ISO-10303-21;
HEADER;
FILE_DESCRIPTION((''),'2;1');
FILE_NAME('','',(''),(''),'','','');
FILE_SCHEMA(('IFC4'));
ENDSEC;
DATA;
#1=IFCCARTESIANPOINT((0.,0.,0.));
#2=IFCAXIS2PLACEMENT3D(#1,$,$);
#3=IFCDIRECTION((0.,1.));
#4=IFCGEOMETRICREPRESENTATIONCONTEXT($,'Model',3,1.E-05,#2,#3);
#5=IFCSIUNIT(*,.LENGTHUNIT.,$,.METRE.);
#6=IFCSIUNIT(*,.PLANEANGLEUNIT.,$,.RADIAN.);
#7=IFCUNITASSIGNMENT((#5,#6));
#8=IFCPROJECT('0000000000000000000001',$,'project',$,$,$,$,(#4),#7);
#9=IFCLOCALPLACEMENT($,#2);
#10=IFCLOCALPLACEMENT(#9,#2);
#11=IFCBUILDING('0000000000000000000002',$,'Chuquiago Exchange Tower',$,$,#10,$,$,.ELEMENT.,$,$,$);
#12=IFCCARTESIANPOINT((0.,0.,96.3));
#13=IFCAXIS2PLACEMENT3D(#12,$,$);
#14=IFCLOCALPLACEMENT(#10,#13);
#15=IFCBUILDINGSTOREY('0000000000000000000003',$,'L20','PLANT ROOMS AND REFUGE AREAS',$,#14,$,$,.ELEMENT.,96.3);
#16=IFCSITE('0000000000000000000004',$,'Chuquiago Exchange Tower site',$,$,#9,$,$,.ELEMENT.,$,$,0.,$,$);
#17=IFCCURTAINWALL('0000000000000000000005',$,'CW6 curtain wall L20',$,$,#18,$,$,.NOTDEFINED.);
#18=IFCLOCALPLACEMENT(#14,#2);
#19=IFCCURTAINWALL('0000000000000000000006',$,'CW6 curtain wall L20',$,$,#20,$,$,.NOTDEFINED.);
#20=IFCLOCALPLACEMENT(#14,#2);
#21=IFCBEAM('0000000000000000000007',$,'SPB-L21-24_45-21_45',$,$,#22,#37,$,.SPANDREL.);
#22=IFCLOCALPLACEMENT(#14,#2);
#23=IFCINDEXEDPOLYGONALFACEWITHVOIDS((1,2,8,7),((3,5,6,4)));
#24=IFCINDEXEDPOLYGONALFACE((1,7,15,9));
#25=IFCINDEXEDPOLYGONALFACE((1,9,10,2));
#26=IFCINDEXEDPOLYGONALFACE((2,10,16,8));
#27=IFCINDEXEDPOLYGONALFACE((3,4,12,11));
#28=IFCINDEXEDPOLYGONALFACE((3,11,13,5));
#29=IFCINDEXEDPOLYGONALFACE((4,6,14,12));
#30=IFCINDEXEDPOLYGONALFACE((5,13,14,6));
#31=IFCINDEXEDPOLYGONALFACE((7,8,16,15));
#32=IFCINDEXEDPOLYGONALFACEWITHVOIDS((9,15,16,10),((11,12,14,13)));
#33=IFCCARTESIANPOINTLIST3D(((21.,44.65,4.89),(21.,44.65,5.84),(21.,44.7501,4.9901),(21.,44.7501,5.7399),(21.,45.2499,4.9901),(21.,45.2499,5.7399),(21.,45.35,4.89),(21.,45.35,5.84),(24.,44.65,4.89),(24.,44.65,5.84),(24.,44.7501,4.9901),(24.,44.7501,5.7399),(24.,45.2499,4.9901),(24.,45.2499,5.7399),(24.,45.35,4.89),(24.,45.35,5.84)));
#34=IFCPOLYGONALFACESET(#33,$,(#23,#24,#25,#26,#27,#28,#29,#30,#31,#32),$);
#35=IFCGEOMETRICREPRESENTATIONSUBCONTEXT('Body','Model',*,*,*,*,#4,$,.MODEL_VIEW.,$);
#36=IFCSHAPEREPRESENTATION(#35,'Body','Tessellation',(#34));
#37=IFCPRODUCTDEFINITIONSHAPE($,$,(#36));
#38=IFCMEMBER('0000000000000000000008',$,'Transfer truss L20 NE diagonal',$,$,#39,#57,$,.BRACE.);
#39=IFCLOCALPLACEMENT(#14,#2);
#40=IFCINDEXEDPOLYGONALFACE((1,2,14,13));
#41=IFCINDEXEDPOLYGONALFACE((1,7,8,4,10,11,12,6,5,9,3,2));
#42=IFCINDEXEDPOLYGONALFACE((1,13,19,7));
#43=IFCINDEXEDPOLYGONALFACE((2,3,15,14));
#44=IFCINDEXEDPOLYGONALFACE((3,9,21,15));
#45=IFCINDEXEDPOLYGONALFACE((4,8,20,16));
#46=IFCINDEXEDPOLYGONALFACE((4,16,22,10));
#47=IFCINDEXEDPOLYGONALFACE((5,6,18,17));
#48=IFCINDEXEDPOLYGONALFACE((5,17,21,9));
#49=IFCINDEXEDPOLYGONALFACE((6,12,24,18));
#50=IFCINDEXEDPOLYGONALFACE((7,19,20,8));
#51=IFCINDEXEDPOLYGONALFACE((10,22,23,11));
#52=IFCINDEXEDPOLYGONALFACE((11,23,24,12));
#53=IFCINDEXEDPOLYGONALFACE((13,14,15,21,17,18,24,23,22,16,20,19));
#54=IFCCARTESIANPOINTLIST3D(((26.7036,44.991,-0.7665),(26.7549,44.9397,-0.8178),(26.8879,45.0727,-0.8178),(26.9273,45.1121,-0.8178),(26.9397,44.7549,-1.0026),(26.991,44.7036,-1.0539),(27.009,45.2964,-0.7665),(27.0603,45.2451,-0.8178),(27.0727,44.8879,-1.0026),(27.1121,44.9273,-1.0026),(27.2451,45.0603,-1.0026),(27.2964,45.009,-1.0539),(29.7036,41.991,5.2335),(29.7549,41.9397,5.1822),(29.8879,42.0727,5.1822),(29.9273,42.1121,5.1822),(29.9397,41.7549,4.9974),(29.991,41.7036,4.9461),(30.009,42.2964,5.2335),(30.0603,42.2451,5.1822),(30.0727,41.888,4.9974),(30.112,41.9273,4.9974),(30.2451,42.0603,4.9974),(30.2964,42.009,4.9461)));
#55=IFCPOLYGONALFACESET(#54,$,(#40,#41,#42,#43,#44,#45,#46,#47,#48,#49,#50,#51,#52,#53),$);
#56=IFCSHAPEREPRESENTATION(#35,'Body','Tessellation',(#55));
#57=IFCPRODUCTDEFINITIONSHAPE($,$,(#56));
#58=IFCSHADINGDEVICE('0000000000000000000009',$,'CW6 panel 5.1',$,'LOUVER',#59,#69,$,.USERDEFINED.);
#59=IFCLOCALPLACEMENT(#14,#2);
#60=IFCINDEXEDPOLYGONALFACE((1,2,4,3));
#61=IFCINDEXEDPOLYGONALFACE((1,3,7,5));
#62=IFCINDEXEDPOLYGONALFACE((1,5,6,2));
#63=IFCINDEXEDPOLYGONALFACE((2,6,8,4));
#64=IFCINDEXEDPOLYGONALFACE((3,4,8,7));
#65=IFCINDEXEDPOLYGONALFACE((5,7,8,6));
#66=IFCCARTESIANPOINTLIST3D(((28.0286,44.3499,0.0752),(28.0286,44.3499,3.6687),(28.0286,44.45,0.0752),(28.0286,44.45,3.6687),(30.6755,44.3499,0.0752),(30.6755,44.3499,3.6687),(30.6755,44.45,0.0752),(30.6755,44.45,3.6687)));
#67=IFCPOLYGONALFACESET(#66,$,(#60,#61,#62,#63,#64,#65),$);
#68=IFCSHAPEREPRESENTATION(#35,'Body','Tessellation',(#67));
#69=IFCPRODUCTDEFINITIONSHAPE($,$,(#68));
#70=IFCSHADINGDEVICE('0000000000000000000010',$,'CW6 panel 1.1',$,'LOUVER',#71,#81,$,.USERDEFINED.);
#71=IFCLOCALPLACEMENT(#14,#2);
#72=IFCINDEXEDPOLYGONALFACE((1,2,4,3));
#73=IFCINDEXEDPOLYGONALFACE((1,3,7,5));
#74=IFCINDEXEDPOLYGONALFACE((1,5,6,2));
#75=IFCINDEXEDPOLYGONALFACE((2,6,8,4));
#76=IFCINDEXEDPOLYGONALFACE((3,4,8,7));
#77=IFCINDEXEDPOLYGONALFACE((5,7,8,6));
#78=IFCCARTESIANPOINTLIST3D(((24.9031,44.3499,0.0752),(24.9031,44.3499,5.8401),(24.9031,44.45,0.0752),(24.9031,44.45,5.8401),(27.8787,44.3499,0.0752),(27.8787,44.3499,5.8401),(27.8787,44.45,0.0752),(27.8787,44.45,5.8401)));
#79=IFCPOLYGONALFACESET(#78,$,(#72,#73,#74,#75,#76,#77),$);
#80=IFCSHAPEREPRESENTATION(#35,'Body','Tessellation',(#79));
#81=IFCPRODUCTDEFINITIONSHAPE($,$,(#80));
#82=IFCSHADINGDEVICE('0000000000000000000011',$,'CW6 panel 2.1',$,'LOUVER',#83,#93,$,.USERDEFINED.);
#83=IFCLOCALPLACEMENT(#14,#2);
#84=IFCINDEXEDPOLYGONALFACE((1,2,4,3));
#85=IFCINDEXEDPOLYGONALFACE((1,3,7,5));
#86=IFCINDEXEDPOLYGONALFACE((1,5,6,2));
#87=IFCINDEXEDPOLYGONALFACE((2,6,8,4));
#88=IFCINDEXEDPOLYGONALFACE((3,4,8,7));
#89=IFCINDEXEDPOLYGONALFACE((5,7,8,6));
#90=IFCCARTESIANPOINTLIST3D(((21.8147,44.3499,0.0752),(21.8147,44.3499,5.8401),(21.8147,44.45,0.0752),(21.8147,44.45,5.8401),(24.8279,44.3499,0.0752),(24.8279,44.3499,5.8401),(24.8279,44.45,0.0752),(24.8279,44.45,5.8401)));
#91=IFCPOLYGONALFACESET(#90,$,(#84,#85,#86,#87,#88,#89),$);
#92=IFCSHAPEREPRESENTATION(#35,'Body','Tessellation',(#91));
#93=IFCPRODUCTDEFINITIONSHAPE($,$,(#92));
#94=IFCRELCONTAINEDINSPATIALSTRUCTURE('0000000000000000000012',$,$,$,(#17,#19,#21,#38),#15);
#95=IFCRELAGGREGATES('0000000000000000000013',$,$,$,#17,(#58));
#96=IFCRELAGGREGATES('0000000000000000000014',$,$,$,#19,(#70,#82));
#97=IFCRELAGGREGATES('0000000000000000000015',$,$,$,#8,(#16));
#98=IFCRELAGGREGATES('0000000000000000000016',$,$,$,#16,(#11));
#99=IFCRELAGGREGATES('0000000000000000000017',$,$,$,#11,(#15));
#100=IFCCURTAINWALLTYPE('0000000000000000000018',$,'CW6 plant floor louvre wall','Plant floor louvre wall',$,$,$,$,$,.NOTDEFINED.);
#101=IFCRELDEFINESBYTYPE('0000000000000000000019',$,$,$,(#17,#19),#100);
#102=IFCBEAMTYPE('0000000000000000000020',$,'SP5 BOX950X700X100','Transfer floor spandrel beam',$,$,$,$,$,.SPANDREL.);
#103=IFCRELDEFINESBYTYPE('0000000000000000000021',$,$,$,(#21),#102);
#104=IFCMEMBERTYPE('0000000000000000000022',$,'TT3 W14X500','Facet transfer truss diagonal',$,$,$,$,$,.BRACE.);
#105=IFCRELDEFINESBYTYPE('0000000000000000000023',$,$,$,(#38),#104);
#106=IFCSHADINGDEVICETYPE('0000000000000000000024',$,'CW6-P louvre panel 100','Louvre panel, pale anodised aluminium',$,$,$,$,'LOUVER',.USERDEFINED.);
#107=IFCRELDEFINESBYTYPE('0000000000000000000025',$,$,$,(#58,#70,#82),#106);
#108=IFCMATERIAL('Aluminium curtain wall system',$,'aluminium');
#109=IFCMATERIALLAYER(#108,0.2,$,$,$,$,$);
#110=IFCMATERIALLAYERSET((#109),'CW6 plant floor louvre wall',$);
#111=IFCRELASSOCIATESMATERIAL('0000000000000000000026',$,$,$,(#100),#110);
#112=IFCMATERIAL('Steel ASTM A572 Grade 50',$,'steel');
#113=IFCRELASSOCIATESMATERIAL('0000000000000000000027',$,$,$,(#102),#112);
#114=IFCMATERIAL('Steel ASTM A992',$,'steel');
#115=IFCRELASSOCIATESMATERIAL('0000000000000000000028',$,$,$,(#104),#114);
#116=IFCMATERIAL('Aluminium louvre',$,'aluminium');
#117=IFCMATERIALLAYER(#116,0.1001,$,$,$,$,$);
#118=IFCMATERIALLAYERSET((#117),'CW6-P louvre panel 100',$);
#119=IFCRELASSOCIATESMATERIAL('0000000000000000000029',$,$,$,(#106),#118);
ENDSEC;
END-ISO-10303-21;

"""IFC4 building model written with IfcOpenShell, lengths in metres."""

from ifc_helpers import new_model, si_unit, direction, frame, origin, origin_2d, place, context, subcontext, project, spatial, rectangle, hollow_rectangle, i_section, extrude, material, layer, layer_set, material_profile, profile_set, type_object, element, aggregate, save


model = new_model("IFC4")

# Units and contexts
model_context = context("Model", 3, precision=1e-05, world=origin(), true_north=direction((0.0, 1.0)))
body_context = subcontext(model_context, "Body", "Model", "MODEL_VIEW")
ifc_project = project(units=[si_unit("LENGTHUNIT", "METRE"), si_unit("PLANEANGLEUNIT", "RADIAN")], contexts=[model_context])

# Site, building, storey
site_placement = place(None, origin())
site = spatial("IfcSite", under=ifc_project, at=site_placement, Name="Chuquiago Exchange Tower site", CompositionType="ELEMENT", RefElevation=0.0)
building_placement = place(site_placement, origin())
building = spatial("IfcBuilding", under=site, at=building_placement, Name="Chuquiago Exchange Tower", CompositionType="ELEMENT")
storey_placement = place(building_placement, frame((0.0, 0.0, 96.3)))
storey = spatial("IfcBuildingStorey", under=building, at=storey_placement, Name="L20", Description="PLANT ROOMS AND REFUGE AREAS", CompositionType="ELEMENT", Elevation=96.3)

# Curtain wall
ifc_material_1 = material(Name="Aluminium curtain wall system", Category="aluminium")
ifc_layer_1 = layer(ifc_material_1, 0.2)
ifc_layer_set_1 = layer_set([ifc_layer_1], Name="CW6 plant floor louvre wall")
curtain_wall_type = type_object("IfcCurtainWallType", Name="CW6 plant floor louvre wall", Description="Plant floor louvre wall", PredefinedType="NOTDEFINED", material=ifc_layer_set_1)
curtain_wall_1_placement = place(storey_placement, origin())
curtain_wall_1 = element("IfcCurtainWall", 1, at=curtain_wall_1_placement, inside=storey, type_object=curtain_wall_type, Name="CW6 curtain wall L20", PredefinedType="NOTDEFINED")

# Curtain wall
curtain_wall_2_placement = place(storey_placement, origin())
curtain_wall_2 = element("IfcCurtainWall", 2, at=curtain_wall_2_placement, inside=storey, type_object=curtain_wall_type, Name="CW6 curtain wall L20", PredefinedType="NOTDEFINED")

# Beam
ifc_material_2 = material(Name="Steel ASTM A572 Grade 50", Category="steel")
ifc_material_profile_1 = material_profile(ifc_material_2, hollow_rectangle(XDim=0.7, YDim=0.95, WallThickness=0.1001, at=origin_2d()), Name="BOX950X700X100")
ifc_profile_set_1 = profile_set([ifc_material_profile_1], Name="Steel ASTM A572 Grade 50")
beam_type = type_object("IfcBeamType", Name="SP5 BOX950X700X100", Description="Transfer floor spandrel beam", PredefinedType="SPANDREL", material=ifc_profile_set_1)
for number, where, z_axis, x_axis, name in (
    (3, (24.0, 45.0, 5.365), (-1.0, 0.0, 0.0), (0.0, -1.0, 0.0), "SPB-L21-24_45-21_45"),
):
    element("IfcBeam", number, at=place(storey_placement, frame(where, z_axis=z_axis, x_axis=x_axis)), inside=storey, type_object=beam_type, Name=name, PredefinedType="SPANDREL", context=body_context, shape_type="SweptSolid", body=[
        extrude(hollow_rectangle(XDim=0.7, YDim=0.95, WallThickness=0.1001, at=origin_2d()), origin(), (0.0, 0.0, 1.0), 3.0),
    ])

# Member
ifc_material_3 = material(Name="Steel ASTM A992", Category="steel")
ifc_material_profile_2 = material_profile(ifc_material_3, i_section(OverallWidth=0.4319, OverallDepth=0.4978, WebThickness=0.0557, FlangeThickness=0.0889, at=origin_2d()), Name="W14X500")
ifc_profile_set_2 = profile_set([ifc_material_profile_2], Name="Steel ASTM A992")
member_type_1 = type_object("IfcMemberType", Name="TT3 W14X500", Description="Facet transfer truss diagonal", PredefinedType="BRACE", material=ifc_profile_set_2)
member_1_placement = place(storey_placement, frame((27.0, 45.0, -0.9102), z_axis=(0.408248, -0.408248, 0.816497), x_axis=(0.707107, 0.707107, 0.0)))
element("IfcMember", 4, at=member_1_placement, inside=storey, type_object=member_type_1, Name="Transfer truss L20 NE diagonal", PredefinedType="BRACE", context=body_context, shape_type="SweptSolid", body=[
    extrude(i_section(OverallWidth=0.4319, OverallDepth=0.4978, WebThickness=0.0557, FlangeThickness=0.0889, at=origin_2d()), origin(), (0.0, 0.0, 1.0), 7.3484),
])

# Shading devices
ifc_material_4 = material(Name="Aluminium louvre", Category="aluminium")
ifc_layer_2 = layer(ifc_material_4, 0.1001)
ifc_layer_set_2 = layer_set([ifc_layer_2], Name="CW6-P louvre panel 100")
shading_device_type = type_object("IfcShadingDeviceType", Name="CW6-P louvre panel 100", Description="Louvre panel, pale anodised aluminium", ElementType="LOUVER", PredefinedType="USERDEFINED", material=ifc_layer_set_2)
shading_device_1_placement = place(storey_placement, frame((29.3521, 44.3999, 0.0752), z_axis=(0.0, 0.0, 1.0), x_axis=(-1.0, 0.0, 0.0)))
shading_device_1 = element("IfcShadingDevice", 5, at=shading_device_1_placement, type_object=shading_device_type, Name="CW6 panel 5.1", ObjectType="LOUVER", PredefinedType="USERDEFINED", context=body_context, shape_type="SweptSolid", body=[
    extrude(rectangle(XDim=2.647, YDim=0.1001, at=origin_2d()), origin(), (0.0, 0.0, 1.0), 3.5935),
])
aggregate(curtain_wall_1, [shading_device_1])
shading_device_2_placement = place(storey_placement, frame((26.3909, 44.3999, 0.0752), z_axis=(0.0, 0.0, 1.0), x_axis=(-1.0, 0.0, 0.0)))
shading_device_2 = element("IfcShadingDevice", 6, at=shading_device_2_placement, type_object=shading_device_type, Name="CW6 panel 1.1", ObjectType="LOUVER", PredefinedType="USERDEFINED", context=body_context, shape_type="SweptSolid", body=[
    extrude(rectangle(XDim=2.9756, YDim=0.1001, at=origin_2d()), origin(), (0.0, 0.0, 1.0), 5.7649),
])
shading_device_3_placement = place(storey_placement, frame((23.3213, 44.3999, 0.0752), z_axis=(0.0, 0.0, 1.0), x_axis=(-1.0, 0.0, 0.0)))
shading_device_3 = element("IfcShadingDevice", 7, at=shading_device_3_placement, type_object=shading_device_type, Name="CW6 panel 2.1", ObjectType="LOUVER", PredefinedType="USERDEFINED", context=body_context, shape_type="SweptSolid", body=[
    extrude(rectangle(XDim=3.0132, YDim=0.1001, at=origin_2d()), origin(), (0.0, 0.0, 1.0), 5.7649),
])
aggregate(curtain_wall_2, [shading_device_2, shading_device_3])

save(model, "model.ifc")
